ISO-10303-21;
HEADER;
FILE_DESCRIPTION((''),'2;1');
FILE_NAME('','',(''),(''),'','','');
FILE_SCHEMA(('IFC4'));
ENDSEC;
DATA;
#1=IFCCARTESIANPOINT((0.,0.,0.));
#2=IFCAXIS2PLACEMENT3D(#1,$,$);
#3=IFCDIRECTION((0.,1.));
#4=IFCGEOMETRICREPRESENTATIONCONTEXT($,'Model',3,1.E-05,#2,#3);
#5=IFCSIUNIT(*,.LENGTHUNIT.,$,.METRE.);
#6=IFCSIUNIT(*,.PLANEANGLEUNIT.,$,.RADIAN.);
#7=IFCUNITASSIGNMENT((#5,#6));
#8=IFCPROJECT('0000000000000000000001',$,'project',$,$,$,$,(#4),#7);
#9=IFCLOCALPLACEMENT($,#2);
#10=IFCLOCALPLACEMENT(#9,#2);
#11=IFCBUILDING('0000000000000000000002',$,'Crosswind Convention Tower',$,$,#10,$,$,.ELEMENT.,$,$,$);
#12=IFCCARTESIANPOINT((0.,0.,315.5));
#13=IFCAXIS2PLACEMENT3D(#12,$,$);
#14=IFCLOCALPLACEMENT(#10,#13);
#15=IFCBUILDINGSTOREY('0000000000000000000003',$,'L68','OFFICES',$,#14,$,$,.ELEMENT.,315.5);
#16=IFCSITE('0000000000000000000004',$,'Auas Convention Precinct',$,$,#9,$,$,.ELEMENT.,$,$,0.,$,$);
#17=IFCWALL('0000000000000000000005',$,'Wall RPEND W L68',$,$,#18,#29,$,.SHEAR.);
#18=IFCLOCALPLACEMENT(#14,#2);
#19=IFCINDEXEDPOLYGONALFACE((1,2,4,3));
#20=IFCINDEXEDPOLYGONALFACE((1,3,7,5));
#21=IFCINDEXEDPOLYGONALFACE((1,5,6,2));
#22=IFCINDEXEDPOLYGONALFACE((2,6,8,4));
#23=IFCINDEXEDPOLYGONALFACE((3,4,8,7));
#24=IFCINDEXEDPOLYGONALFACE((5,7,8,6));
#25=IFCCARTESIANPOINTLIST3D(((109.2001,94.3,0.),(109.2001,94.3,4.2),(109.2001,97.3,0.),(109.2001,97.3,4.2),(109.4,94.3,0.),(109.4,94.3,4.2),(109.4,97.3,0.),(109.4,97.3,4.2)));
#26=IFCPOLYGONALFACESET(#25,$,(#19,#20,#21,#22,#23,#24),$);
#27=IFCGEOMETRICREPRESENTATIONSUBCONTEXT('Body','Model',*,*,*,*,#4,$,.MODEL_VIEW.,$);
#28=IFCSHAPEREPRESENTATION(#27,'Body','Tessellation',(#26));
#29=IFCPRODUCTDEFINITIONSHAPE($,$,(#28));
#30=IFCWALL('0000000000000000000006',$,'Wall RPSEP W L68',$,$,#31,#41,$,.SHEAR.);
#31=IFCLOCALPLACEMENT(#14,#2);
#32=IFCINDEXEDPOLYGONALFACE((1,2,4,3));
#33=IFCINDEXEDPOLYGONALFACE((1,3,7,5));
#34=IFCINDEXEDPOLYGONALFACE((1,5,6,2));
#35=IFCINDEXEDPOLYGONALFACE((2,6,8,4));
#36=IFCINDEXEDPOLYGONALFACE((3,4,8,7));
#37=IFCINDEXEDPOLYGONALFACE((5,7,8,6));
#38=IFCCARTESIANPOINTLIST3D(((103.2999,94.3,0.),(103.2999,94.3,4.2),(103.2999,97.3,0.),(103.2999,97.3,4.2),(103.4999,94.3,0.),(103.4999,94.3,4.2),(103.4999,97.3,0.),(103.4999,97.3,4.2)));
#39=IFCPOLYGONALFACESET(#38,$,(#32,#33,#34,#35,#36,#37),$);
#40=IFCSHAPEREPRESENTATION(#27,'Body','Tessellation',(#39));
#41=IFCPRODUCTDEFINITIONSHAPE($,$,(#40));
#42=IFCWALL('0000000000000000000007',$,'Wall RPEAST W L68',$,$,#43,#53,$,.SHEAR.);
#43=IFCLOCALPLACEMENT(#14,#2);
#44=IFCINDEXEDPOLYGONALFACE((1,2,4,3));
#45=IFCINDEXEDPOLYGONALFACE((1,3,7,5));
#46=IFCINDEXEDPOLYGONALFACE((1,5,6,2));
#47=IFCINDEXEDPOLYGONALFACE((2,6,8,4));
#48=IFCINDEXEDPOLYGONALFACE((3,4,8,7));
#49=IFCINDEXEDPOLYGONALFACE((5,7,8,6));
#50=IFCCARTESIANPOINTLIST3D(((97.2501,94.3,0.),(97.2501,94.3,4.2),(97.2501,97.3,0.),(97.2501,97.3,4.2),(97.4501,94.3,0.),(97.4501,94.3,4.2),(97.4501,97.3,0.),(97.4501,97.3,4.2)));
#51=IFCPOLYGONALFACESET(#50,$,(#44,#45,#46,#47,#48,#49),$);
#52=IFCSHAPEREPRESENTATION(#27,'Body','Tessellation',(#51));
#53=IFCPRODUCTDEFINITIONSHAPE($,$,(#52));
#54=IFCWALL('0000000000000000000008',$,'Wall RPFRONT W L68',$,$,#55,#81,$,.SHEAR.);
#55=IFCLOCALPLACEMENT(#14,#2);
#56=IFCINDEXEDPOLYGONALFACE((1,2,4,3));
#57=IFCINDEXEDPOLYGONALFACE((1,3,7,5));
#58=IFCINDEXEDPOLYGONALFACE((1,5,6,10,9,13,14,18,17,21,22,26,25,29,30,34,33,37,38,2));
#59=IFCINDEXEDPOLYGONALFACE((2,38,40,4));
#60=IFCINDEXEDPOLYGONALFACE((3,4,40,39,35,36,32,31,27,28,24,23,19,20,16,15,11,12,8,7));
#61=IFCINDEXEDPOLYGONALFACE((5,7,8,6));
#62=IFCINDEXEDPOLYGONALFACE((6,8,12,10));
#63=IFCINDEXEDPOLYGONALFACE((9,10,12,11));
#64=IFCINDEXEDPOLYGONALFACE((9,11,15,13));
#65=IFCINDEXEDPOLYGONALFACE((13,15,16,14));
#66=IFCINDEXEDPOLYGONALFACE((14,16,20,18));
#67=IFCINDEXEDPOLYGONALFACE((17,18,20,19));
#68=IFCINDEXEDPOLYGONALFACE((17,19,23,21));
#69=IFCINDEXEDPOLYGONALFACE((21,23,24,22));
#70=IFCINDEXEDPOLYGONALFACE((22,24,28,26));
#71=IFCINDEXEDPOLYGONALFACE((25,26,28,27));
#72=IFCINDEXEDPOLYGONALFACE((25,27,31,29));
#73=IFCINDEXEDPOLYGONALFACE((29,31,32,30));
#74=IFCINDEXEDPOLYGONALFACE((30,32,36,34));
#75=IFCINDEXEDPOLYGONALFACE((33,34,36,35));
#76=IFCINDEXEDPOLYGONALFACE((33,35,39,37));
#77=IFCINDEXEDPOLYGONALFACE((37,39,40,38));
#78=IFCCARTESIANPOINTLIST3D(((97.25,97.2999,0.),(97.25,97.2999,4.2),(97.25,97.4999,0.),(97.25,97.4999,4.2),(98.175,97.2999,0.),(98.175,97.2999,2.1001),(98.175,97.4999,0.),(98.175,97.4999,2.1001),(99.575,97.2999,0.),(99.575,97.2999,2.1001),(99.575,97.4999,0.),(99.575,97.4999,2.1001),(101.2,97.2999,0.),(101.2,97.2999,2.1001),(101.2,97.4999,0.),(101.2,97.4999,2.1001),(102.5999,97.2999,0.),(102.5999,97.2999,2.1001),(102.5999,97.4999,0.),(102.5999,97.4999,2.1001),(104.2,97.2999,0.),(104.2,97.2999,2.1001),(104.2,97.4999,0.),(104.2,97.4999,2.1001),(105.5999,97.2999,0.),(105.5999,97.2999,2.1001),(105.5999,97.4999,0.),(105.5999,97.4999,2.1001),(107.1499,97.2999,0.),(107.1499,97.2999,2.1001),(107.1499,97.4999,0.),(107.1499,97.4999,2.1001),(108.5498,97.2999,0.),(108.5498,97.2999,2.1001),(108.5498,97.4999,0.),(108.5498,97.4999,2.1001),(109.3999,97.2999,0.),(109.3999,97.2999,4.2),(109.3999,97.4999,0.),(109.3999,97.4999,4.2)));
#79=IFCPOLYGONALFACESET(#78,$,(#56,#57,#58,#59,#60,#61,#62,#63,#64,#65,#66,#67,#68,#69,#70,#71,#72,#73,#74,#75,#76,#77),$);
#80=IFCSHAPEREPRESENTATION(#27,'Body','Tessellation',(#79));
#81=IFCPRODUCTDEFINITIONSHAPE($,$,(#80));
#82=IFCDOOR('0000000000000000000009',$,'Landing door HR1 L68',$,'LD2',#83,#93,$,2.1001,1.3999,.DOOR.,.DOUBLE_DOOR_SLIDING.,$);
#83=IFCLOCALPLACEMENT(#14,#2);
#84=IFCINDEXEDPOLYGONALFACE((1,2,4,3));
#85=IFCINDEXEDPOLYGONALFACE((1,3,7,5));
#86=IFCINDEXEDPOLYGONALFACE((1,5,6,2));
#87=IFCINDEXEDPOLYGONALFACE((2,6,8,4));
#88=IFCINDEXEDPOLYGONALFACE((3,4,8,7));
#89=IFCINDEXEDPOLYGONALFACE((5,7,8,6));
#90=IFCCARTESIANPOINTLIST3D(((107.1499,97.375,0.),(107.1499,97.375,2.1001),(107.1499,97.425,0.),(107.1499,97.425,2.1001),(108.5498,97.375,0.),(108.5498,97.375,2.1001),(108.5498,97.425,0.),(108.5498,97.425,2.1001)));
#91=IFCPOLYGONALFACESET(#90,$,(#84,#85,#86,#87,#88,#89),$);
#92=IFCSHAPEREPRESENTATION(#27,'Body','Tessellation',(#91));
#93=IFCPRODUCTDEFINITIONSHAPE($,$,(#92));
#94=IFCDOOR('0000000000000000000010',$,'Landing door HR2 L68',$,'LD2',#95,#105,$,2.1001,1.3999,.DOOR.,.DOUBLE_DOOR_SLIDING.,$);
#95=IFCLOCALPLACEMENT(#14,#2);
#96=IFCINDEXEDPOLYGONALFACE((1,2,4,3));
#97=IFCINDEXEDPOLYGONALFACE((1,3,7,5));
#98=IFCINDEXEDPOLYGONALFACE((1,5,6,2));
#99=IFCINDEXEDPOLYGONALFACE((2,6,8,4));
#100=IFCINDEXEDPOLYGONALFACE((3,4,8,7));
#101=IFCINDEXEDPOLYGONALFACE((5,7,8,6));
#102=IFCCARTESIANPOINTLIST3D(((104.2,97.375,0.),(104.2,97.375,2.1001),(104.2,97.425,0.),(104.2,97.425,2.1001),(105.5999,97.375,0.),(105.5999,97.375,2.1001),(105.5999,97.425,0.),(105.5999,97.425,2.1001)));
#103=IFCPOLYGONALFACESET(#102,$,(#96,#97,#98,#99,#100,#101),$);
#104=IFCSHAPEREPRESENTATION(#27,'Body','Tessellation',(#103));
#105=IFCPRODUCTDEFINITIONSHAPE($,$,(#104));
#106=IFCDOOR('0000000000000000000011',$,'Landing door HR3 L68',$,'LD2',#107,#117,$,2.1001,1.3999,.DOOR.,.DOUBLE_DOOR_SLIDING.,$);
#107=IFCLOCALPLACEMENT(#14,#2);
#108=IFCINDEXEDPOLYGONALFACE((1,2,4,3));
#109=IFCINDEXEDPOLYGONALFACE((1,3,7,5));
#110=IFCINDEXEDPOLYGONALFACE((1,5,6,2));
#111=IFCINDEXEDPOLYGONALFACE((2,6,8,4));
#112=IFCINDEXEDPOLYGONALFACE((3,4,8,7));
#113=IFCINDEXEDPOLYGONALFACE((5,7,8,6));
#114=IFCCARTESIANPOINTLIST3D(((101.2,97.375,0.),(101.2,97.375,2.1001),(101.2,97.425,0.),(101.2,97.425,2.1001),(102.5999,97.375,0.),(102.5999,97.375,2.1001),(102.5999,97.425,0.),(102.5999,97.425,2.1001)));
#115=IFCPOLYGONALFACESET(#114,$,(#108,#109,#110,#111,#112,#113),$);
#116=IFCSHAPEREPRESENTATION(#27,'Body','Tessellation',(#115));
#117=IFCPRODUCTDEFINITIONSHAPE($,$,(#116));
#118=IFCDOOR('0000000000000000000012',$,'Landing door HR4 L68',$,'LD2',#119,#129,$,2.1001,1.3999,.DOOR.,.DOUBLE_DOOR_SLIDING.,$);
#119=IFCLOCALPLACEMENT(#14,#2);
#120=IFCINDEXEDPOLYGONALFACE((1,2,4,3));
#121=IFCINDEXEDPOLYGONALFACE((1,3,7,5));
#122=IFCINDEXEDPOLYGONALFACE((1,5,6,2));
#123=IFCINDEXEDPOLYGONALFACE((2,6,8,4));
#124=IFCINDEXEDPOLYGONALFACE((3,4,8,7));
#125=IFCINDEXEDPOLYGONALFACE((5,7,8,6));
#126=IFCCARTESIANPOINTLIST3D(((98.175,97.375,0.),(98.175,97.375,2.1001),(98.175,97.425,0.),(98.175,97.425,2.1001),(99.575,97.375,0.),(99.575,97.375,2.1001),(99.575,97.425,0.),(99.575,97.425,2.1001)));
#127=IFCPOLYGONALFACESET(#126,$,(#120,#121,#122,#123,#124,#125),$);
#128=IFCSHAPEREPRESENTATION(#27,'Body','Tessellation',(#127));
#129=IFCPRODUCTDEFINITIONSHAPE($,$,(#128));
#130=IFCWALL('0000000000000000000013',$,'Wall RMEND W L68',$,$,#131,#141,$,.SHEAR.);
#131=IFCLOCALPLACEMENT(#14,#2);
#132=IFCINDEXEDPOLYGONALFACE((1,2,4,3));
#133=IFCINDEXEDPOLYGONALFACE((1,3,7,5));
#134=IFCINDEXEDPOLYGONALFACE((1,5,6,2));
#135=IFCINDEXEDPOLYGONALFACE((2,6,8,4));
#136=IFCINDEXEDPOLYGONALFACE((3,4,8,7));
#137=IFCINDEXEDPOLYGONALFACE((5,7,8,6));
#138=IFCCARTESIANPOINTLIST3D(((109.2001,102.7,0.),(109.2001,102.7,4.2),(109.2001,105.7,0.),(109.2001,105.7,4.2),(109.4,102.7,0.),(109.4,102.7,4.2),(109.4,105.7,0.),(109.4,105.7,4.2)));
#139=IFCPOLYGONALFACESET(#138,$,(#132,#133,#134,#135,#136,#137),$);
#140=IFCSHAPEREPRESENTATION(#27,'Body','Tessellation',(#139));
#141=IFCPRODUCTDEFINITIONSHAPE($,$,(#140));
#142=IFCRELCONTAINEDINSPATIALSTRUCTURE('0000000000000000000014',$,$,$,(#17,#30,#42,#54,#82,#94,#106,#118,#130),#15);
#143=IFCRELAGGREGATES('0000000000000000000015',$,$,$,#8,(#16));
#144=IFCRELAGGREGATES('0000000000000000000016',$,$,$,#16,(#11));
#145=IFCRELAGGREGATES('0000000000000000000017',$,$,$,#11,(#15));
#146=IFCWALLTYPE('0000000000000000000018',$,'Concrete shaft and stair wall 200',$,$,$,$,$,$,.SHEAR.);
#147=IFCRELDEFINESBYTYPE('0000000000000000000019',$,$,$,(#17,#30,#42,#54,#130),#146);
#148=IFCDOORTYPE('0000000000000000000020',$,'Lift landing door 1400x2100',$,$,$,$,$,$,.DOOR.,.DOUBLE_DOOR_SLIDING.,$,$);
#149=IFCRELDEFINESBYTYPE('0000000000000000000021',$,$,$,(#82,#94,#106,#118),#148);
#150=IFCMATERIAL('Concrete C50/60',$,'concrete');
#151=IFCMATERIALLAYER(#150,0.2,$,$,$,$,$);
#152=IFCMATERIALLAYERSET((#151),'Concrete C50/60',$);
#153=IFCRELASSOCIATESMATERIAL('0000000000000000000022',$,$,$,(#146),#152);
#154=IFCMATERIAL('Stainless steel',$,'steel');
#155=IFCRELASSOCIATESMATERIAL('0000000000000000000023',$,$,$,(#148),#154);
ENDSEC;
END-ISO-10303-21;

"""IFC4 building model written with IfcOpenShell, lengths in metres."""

from ifc_helpers import new_model, si_unit, direction, frame, frame_2d, origin, place, context, subcontext, project, spatial, rectangle, extrude, material, layer, layer_set, type_object, element, fill, save


model = new_model("IFC4")

# Units and contexts
model_context = context("Model", 3, precision=1e-05, world=origin(), true_north=direction((0.0, 1.0)))
body_context = subcontext(model_context, "Body", "Model", "MODEL_VIEW")
ifc_project = project(units=[si_unit("LENGTHUNIT", "METRE"), si_unit("PLANEANGLEUNIT", "RADIAN")], contexts=[model_context])

# Site, building, storey
site_placement = place(None, origin())
site = spatial("IfcSite", under=ifc_project, at=site_placement, Name="Auas Convention Precinct", CompositionType="ELEMENT", RefElevation=0.0)
building_placement = place(site_placement, origin())
building = spatial("IfcBuilding", under=site, at=building_placement, Name="Crosswind Convention Tower", CompositionType="ELEMENT")
storey_placement = place(building_placement, frame((0.0, 0.0, 315.5)))
storey = spatial("IfcBuildingStorey", under=building, at=storey_placement, Name="L68", Description="OFFICES", CompositionType="ELEMENT", Elevation=315.5)

# Walls
ifc_material_1 = material(Name="Concrete C50/60", Category="concrete")
ifc_layer_1 = layer(ifc_material_1, 0.2)
ifc_layer_set_1 = layer_set([ifc_layer_1], Name="Concrete C50/60")
wall_type_1 = type_object("IfcWallType", Name="Concrete shaft and stair wall 200", PredefinedType="SHEAR", material=ifc_layer_set_1)
for number, where, z_axis, x_axis, name in (
    (1, (109.3, 97.3, 0.0), (0.0, 0.0, 1.0), (0.0, -1.0, 0.0), "Wall RPEND W L68"),
    (2, (103.3999, 97.3, 0.0), (0.0, 0.0, 1.0), (0.0, -1.0, 0.0), "Wall RPSEP W L68"),
    (3, (97.3501, 97.3, 0.0), (0.0, 0.0, 1.0), (0.0, -1.0, 0.0), "Wall RPEAST W L68"),
):
    element("IfcWall", number, at=place(storey_placement, frame(where, z_axis=z_axis, x_axis=x_axis)), inside=storey, type_object=wall_type_1, Name=name, PredefinedType="SHEAR", context=body_context, shape_type="SweptSolid", body=[
        extrude(rectangle(XDim=3.0, YDim=0.2, at=frame_2d((1.5, 0.0))), origin(), (0.0, 0.0, 1.0), 4.2),
    ])

# Wall, openings, doors
wall_1_placement = place(storey_placement, frame((109.3999, 97.3999, 0.0), z_axis=(0.0, 0.0, 1.0), x_axis=(-1.0, 0.0, 0.0)))
wall_1 = element("IfcWall", 4, at=wall_1_placement, inside=storey, type_object=wall_type_1, Name="Wall RPFRONT W L68", PredefinedType="SHEAR", context=body_context, shape_type="SweptSolid", body=[
    extrude(rectangle(XDim=12.1499, YDim=0.2, at=frame_2d((6.075, 0.0))), origin(), (0.0, 0.0, 1.0), 4.2),
])
opening_1_placement = place(wall_1_placement, frame((0.8501, 0.0, 0.0)))
opening_1 = element("IfcOpeningElement", 5, at=opening_1_placement, cuts=wall_1, PredefinedType="OPENING", context=body_context, shape_type="SweptSolid", body=[
    extrude(rectangle(XDim=1.3999, YDim=2.1001, at=frame_2d((0.7, 1.05))), frame((0.0, 0.1099, 0.0), z_axis=(0.0, -1.0, 0.0), x_axis=(1.0, 0.0, 0.0)), (0.0, 0.0, 1.0), 0.22),
])
opening_2_placement = place(wall_1_placement, frame((3.8, 0.0, 0.0)))
opening_2 = element("IfcOpeningElement", 6, at=opening_2_placement, cuts=wall_1, PredefinedType="OPENING", context=body_context, shape_type="SweptSolid", body=[
    extrude(rectangle(XDim=1.3999, YDim=2.1001, at=frame_2d((0.7, 1.05))), frame((0.0, 0.1099, 0.0), z_axis=(0.0, -1.0, 0.0), x_axis=(1.0, 0.0, 0.0)), (0.0, 0.0, 1.0), 0.22),
])
opening_3_placement = place(wall_1_placement, frame((6.8, 0.0, 0.0)))
opening_3 = element("IfcOpeningElement", 7, at=opening_3_placement, cuts=wall_1, PredefinedType="OPENING", context=body_context, shape_type="SweptSolid", body=[
    extrude(rectangle(XDim=1.3999, YDim=2.1001, at=frame_2d((0.7, 1.05))), frame((0.0, 0.1099, 0.0), z_axis=(0.0, -1.0, 0.0), x_axis=(1.0, 0.0, 0.0)), (0.0, 0.0, 1.0), 0.22),
])
opening_4_placement = place(wall_1_placement, frame((9.825, 0.0, 0.0)))
opening_4 = element("IfcOpeningElement", 8, at=opening_4_placement, cuts=wall_1, PredefinedType="OPENING", context=body_context, shape_type="SweptSolid", body=[
    extrude(rectangle(XDim=1.3999, YDim=2.1001, at=frame_2d((0.7, 1.05))), frame((0.0, 0.1099, 0.0), z_axis=(0.0, -1.0, 0.0), x_axis=(1.0, 0.0, 0.0)), (0.0, 0.0, 1.0), 0.22),
])
ifc_material_2 = material(Name="Stainless steel", Category="steel")
door_type_1 = type_object("IfcDoorType", Name="Lift landing door 1400x2100", OperationType="DOUBLE_DOOR_SLIDING", PredefinedType="DOOR", material=ifc_material_2)
door_1_placement = place(opening_1_placement, origin())
door_1 = element("IfcDoor", 9, at=door_1_placement, inside=storey, type_object=door_type_1, Name="Landing door HR1 L68", ObjectType="LD2", OperationType="DOUBLE_DOOR_SLIDING", OverallHeight=2.1001, OverallWidth=1.3999, PredefinedType="DOOR", context=body_context, shape_type="SweptSolid", body=[
    extrude(rectangle(XDim=1.3999, YDim=2.1001, at=frame_2d((0.7, 1.05))), frame((0.0, 0.0249, 0.0), z_axis=(0.0, -1.0, 0.0), x_axis=(1.0, 0.0, 0.0)), (0.0, 0.0, 1.0), 0.05),
])
fill(opening_1, door_1)
door_2_placement = place(opening_2_placement, origin())
door_2 = element("IfcDoor", 10, at=door_2_placement, inside=storey, type_object=door_type_1, Name="Landing door HR2 L68", ObjectType="LD2", OperationType="DOUBLE_DOOR_SLIDING", OverallHeight=2.1001, OverallWidth=1.3999, PredefinedType="DOOR", context=body_context, shape_type="SweptSolid", body=[
    extrude(rectangle(XDim=1.3999, YDim=2.1001, at=frame_2d((0.7, 1.05))), frame((0.0, 0.0249, 0.0), z_axis=(0.0, -1.0, 0.0), x_axis=(1.0, 0.0, 0.0)), (0.0, 0.0, 1.0), 0.05),
])
fill(opening_2, door_2)
door_3_placement = place(opening_3_placement, origin())
door_3 = element("IfcDoor", 11, at=door_3_placement, inside=storey, type_object=door_type_1, Name="Landing door HR3 L68", ObjectType="LD2", OperationType="DOUBLE_DOOR_SLIDING", OverallHeight=2.1001, OverallWidth=1.3999, PredefinedType="DOOR", context=body_context, shape_type="SweptSolid", body=[
    extrude(rectangle(XDim=1.3999, YDim=2.1001, at=frame_2d((0.7, 1.05))), frame((0.0, 0.0249, 0.0), z_axis=(0.0, -1.0, 0.0), x_axis=(1.0, 0.0, 0.0)), (0.0, 0.0, 1.0), 0.05),
])
fill(opening_3, door_3)
door_4_placement = place(opening_4_placement, origin())
door_4 = element("IfcDoor", 12, at=door_4_placement, inside=storey, type_object=door_type_1, Name="Landing door HR4 L68", ObjectType="LD2", OperationType="DOUBLE_DOOR_SLIDING", OverallHeight=2.1001, OverallWidth=1.3999, PredefinedType="DOOR", context=body_context, shape_type="SweptSolid", body=[
    extrude(rectangle(XDim=1.3999, YDim=2.1001, at=frame_2d((0.7, 1.05))), frame((0.0, 0.0249, 0.0), z_axis=(0.0, -1.0, 0.0), x_axis=(1.0, 0.0, 0.0)), (0.0, 0.0, 1.0), 0.05),
])
fill(opening_4, door_4)

# Wall
wall_2_placement = place(storey_placement, frame((109.3, 105.7, 0.0), z_axis=(0.0, 0.0, 1.0), x_axis=(0.0, -1.0, 0.0)))
element("IfcWall", 13, at=wall_2_placement, inside=storey, type_object=wall_type_1, Name="Wall RMEND W L68", PredefinedType="SHEAR", context=body_context, shape_type="SweptSolid", body=[
    extrude(rectangle(XDim=3.0, YDim=0.2, at=frame_2d((1.5, 0.0))), origin(), (0.0, 0.0, 1.0), 4.2),
])

save(model, "model.ifc")
